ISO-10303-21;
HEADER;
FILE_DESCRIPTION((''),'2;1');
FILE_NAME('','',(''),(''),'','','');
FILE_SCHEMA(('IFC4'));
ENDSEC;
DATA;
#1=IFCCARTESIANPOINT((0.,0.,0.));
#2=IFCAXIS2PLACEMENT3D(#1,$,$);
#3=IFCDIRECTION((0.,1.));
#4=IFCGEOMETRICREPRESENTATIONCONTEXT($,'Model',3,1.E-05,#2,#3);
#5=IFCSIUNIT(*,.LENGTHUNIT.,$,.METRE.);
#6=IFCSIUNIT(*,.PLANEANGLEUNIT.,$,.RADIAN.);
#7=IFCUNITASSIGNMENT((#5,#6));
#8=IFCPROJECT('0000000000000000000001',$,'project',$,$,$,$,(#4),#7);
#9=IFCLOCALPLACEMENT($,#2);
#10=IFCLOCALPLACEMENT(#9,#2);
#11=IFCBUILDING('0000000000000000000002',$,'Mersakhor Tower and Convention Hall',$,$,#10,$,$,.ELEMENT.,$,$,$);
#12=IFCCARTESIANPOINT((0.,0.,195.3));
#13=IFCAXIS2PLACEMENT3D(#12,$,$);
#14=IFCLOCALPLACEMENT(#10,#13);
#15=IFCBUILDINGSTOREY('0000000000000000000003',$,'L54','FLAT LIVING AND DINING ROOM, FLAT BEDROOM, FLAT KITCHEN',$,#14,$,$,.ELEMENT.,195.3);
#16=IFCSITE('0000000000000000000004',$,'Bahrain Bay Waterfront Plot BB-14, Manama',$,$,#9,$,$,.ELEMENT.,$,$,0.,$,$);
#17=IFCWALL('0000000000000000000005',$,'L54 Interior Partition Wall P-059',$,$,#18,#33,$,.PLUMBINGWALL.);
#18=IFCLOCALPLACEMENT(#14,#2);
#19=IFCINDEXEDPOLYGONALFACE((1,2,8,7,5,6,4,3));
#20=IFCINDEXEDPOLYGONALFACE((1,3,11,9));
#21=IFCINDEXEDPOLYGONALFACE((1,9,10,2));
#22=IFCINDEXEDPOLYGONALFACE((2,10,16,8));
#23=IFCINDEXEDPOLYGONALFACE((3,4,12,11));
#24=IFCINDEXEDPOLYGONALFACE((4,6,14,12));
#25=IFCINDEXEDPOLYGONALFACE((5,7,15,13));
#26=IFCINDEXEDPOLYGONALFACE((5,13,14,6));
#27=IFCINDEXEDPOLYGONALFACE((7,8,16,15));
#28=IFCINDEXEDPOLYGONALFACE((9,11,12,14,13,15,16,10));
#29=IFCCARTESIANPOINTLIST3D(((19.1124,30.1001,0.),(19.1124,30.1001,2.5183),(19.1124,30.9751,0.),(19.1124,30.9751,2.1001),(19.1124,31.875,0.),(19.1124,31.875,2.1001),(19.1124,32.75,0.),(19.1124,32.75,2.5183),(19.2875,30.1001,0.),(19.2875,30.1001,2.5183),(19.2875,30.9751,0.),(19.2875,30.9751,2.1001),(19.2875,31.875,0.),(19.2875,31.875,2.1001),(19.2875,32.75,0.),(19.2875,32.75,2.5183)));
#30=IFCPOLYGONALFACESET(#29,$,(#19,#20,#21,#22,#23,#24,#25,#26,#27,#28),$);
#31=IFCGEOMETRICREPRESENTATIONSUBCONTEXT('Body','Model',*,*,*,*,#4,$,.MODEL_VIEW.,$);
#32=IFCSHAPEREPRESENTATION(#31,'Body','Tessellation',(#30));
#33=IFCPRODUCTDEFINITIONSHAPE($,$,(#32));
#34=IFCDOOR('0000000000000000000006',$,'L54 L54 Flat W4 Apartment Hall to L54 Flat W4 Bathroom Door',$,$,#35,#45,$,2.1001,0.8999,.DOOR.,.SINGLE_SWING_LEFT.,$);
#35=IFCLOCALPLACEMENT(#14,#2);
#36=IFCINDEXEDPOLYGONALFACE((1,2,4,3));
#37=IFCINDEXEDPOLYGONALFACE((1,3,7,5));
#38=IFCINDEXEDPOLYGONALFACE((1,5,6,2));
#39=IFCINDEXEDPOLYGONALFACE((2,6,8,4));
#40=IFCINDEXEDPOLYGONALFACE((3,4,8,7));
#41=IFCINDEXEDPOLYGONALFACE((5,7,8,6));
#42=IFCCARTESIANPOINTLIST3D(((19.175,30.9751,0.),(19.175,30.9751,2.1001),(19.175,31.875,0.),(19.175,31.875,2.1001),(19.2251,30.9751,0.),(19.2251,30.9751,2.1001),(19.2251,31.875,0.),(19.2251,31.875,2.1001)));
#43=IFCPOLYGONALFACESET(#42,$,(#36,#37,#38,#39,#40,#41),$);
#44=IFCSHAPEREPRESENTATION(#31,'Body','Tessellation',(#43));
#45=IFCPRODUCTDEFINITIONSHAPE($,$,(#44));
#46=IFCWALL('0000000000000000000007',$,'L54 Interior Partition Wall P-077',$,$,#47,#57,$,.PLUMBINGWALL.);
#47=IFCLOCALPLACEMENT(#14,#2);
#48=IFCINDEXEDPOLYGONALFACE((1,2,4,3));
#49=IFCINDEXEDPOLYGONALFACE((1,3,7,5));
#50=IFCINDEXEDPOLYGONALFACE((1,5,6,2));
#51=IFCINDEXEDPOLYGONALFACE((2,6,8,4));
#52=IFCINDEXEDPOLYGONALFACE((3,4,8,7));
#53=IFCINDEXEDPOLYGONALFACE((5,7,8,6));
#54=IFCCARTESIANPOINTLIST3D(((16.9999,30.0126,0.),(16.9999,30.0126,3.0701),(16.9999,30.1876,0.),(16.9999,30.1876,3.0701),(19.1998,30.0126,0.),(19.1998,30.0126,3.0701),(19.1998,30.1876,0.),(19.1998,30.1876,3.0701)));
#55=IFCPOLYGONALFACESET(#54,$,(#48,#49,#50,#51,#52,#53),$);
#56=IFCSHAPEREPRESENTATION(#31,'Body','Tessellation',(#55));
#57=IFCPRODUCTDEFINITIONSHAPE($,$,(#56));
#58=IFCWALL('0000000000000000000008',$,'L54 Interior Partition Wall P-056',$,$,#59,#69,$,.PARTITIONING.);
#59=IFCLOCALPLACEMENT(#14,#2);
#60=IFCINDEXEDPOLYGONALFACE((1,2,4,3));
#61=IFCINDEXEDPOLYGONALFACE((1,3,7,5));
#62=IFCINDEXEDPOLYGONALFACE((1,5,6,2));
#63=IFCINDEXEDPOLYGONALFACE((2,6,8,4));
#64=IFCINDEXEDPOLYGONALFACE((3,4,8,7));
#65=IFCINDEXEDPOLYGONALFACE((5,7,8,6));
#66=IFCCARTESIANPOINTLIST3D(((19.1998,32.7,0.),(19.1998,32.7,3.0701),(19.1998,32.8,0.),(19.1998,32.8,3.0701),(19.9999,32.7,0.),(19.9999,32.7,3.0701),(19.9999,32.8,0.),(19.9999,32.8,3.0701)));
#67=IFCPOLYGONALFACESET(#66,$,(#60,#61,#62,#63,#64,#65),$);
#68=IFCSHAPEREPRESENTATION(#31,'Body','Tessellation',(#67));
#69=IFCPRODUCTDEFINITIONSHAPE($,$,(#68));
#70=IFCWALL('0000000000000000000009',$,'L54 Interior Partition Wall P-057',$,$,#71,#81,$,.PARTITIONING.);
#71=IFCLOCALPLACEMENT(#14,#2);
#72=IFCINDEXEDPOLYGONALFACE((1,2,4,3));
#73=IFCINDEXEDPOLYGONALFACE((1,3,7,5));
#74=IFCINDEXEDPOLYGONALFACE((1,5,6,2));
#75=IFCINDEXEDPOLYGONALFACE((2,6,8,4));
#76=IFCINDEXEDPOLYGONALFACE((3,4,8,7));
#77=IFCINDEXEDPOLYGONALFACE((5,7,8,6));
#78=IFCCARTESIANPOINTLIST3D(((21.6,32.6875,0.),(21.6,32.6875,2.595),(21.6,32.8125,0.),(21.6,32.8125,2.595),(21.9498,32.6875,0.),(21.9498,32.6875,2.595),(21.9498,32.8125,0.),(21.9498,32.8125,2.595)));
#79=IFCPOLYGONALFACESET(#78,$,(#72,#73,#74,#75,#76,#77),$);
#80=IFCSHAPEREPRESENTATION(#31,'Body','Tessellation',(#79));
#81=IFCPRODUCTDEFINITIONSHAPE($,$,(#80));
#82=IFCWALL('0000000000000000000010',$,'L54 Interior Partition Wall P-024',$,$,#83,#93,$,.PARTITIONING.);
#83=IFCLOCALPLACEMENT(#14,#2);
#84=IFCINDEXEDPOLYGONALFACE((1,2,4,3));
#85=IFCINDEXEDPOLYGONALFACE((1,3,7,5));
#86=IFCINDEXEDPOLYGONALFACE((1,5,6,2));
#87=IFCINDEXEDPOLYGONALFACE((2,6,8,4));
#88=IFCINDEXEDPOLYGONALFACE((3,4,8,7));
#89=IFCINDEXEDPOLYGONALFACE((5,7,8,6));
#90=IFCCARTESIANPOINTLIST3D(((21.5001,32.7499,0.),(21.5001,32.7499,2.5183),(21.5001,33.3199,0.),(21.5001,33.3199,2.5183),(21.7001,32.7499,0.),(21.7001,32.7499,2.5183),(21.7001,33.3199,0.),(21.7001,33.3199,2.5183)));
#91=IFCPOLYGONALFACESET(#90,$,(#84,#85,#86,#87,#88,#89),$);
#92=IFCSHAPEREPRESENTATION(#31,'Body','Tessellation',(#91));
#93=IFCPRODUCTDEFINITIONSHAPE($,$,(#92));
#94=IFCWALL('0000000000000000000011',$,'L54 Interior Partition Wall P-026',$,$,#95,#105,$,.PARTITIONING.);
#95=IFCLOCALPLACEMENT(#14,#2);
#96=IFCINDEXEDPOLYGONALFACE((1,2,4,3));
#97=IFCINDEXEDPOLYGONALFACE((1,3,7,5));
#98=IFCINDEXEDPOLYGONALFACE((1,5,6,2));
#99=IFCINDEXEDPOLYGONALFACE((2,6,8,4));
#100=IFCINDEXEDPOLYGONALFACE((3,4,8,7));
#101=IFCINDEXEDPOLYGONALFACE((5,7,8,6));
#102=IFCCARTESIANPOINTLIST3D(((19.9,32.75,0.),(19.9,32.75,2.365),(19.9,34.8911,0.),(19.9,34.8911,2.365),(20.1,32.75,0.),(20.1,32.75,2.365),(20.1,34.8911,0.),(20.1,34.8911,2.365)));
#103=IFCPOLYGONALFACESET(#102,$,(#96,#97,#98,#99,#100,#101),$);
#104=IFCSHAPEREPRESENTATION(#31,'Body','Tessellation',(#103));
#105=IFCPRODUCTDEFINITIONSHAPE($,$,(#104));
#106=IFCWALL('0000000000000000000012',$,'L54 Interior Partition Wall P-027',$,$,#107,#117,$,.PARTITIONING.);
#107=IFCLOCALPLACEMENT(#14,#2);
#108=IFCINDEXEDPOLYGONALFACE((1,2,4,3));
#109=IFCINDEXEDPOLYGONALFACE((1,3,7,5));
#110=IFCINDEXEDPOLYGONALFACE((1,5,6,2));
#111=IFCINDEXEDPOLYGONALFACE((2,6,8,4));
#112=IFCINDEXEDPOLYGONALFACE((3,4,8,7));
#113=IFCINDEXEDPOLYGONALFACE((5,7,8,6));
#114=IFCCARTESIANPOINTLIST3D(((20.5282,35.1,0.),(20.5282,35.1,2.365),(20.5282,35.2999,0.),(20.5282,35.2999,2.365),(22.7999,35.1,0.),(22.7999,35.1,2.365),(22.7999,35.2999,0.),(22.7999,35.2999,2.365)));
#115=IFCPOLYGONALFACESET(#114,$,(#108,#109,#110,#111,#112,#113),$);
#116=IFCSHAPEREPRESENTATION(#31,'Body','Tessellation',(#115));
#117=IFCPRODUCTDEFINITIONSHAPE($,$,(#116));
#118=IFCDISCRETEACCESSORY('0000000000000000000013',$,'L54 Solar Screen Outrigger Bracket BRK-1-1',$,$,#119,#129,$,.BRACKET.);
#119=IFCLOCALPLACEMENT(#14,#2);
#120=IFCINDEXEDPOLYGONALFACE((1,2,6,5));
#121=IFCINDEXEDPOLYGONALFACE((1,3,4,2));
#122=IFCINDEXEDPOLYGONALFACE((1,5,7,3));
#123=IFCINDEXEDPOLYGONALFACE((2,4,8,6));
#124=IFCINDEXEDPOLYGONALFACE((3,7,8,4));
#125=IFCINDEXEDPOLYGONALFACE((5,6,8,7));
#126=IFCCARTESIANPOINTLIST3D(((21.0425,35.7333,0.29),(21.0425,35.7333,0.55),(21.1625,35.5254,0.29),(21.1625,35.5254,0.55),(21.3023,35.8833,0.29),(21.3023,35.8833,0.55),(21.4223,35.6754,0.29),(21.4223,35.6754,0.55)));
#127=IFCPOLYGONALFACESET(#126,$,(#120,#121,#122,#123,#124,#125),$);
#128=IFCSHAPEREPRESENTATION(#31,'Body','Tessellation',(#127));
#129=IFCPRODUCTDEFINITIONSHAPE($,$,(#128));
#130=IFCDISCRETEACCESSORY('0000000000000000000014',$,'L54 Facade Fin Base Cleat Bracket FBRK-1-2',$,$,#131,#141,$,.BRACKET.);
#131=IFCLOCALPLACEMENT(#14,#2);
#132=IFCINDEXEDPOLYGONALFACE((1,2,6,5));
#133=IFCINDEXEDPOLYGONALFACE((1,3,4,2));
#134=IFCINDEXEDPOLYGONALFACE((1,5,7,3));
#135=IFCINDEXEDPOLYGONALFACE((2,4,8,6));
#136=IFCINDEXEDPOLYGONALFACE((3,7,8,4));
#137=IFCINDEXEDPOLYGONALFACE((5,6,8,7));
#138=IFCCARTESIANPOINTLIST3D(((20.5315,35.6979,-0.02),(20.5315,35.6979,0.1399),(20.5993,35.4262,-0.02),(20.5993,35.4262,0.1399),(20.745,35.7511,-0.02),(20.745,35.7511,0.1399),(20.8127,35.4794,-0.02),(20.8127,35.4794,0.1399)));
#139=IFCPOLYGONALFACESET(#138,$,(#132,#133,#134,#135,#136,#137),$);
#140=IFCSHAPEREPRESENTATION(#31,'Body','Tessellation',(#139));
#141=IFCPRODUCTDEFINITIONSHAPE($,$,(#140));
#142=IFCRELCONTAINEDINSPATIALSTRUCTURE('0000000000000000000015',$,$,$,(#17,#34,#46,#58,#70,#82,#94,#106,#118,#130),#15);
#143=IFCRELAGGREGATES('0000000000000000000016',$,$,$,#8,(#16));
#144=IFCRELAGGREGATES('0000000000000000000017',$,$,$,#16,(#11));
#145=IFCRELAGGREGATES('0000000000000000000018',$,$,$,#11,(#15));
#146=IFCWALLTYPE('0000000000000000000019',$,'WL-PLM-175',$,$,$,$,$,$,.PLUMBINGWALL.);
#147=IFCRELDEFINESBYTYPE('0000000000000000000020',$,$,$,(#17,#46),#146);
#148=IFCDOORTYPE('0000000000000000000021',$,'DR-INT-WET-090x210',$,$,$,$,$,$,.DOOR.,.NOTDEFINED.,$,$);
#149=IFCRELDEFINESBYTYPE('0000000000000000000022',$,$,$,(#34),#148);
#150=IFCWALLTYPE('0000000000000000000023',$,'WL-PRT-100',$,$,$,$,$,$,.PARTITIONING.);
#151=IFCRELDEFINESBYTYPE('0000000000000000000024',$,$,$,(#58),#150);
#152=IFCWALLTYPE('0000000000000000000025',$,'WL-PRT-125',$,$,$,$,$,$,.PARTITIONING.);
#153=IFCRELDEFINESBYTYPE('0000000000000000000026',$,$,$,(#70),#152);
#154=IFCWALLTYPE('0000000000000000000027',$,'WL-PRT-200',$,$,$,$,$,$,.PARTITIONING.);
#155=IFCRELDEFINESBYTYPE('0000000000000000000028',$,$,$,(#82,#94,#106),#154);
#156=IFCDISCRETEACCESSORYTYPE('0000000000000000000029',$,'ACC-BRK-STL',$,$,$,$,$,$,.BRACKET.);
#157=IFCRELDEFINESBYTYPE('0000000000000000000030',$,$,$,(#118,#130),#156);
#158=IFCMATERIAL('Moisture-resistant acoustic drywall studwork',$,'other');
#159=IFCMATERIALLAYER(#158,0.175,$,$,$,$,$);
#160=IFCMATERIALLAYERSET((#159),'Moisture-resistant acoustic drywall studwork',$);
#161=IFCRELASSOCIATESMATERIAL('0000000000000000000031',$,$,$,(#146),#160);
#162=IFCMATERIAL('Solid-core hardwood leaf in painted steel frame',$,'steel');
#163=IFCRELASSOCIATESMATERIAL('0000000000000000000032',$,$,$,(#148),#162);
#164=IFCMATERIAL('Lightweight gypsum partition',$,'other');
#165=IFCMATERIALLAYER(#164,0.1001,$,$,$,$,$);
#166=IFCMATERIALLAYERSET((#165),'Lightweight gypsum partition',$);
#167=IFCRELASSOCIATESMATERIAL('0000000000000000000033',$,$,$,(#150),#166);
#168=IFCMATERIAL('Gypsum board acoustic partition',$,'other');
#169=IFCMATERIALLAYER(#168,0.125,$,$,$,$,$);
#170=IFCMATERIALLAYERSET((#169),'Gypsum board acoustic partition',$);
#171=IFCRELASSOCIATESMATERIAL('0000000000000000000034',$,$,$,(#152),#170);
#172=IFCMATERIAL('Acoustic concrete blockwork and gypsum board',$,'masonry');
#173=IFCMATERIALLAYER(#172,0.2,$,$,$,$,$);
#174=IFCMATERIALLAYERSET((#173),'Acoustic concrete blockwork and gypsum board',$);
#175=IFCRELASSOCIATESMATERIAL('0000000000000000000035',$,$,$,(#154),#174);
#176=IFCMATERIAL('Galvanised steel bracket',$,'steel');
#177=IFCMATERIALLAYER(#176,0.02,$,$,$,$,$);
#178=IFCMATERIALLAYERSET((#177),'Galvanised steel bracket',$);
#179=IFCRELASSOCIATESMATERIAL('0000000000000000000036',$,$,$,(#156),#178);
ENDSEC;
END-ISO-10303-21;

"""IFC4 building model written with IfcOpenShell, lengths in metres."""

from ifc_helpers import new_model, si_unit, direction, frame, frame_2d, origin, origin_2d, place, context, subcontext, project, spatial, rectangle, extrude, material, layer, layer_set, type_object, element, fill, save


model = new_model("IFC4")

# Units and contexts
model_context = context("Model", 3, precision=1e-05, world=origin(), true_north=direction((0.0, 1.0)))
body_context = subcontext(model_context, "Body", "Model", "MODEL_VIEW")
ifc_project = project(units=[si_unit("LENGTHUNIT", "METRE"), si_unit("PLANEANGLEUNIT", "RADIAN")], contexts=[model_context])

# Site, building, storey
site_placement = place(None, origin())
site = spatial("IfcSite", under=ifc_project, at=site_placement, Name="Bahrain Bay Waterfront Plot BB-14, Manama", CompositionType="ELEMENT", RefElevation=0.0)
building_placement = place(site_placement, origin())
building = spatial("IfcBuilding", under=site, at=building_placement, Name="Mersakhor Tower and Convention Hall", CompositionType="ELEMENT")
storey_placement = place(building_placement, frame((0.0, 0.0, 195.3)))
storey = spatial("IfcBuildingStorey", under=building, at=storey_placement, Name="L54", Description="FLAT LIVING AND DINING ROOM, FLAT BEDROOM, FLAT KITCHEN", CompositionType="ELEMENT", Elevation=195.3)

# Wall, opening, door
ifc_material_1 = material(Name="Moisture-resistant acoustic drywall studwork", Category="other")
ifc_layer_1 = layer(ifc_material_1, 0.175)
ifc_layer_set_1 = layer_set([ifc_layer_1], Name="Moisture-resistant acoustic drywall studwork")
wall_type_1 = type_object("IfcWallType", Name="WL-PLM-175", PredefinedType="PLUMBINGWALL", material=ifc_layer_set_1)
wall_1_placement = place(storey_placement, frame((19.2, 30.1001, 0.0), z_axis=(0.0, 0.0, 1.0), x_axis=(0.0, 1.0, 0.0)))
wall_1 = element("IfcWall", 1, at=wall_1_placement, inside=storey, type_object=wall_type_1, Name="L54 Interior Partition Wall P-059", PredefinedType="PLUMBINGWALL", context=body_context, shape_type="SweptSolid", body=[
    extrude(rectangle(XDim=2.6499, YDim=0.175, at=frame_2d((1.325, 0.0))), origin(), (0.0, 0.0, 1.0), 2.5183),
])
opening_1_placement = place(wall_1_placement, frame((0.875, 0.0, 0.0)))
opening_1 = element("IfcOpeningElement", 2, at=opening_1_placement, cuts=wall_1, PredefinedType="OPENING", context=body_context, shape_type="SweptSolid", body=[
    extrude(rectangle(XDim=0.8999, YDim=2.1001, at=frame_2d((0.45, 1.05))), frame((0.0, 0.0974, 0.0), z_axis=(0.0, -1.0, 0.0), x_axis=(1.0, 0.0, 0.0)), (0.0, 0.0, 1.0), 0.1951),
])
ifc_material_2 = material(Name="Solid-core hardwood leaf in painted steel frame", Category="steel")
door_type_1 = type_object("IfcDoorType", Name="DR-INT-WET-090x210", OperationType="NOTDEFINED", PredefinedType="DOOR", material=ifc_material_2)
door_1_placement = place(opening_1_placement, origin())
door_1 = element("IfcDoor", 3, at=door_1_placement, inside=storey, type_object=door_type_1, Name="L54 L54 Flat W4 Apartment Hall to L54 Flat W4 Bathroom Door", OperationType="SINGLE_SWING_LEFT", OverallHeight=2.1001, OverallWidth=0.8999, PredefinedType="DOOR", context=body_context, shape_type="SweptSolid", body=[
    extrude(rectangle(XDim=0.8999, YDim=2.1001, at=frame_2d((0.45, 1.05))), frame((0.0, 0.0249, 0.0), z_axis=(0.0, -1.0, 0.0), x_axis=(1.0, 0.0, 0.0)), (0.0, 0.0, 1.0), 0.05),
])
fill(opening_1, door_1)

# Walls
wall_2_placement = place(storey_placement, frame((19.2, 30.1001, 0.0), z_axis=(0.0, 0.0, 1.0), x_axis=(-1.0, 0.0, 0.0)))
element("IfcWall", 4, at=wall_2_placement, inside=storey, type_object=wall_type_1, Name="L54 Interior Partition Wall P-077", PredefinedType="PLUMBINGWALL", context=body_context, shape_type="SweptSolid", body=[
    extrude(rectangle(XDim=2.2, YDim=0.175, at=frame_2d((1.1001, 0.0))), origin(), (0.0, 0.0, 1.0), 3.0701),
])
ifc_material_3 = material(Name="Lightweight gypsum partition", Category="other")
ifc_layer_2 = layer(ifc_material_3, 0.1001)
ifc_layer_set_2 = layer_set([ifc_layer_2], Name="Lightweight gypsum partition")
wall_type_2 = type_object("IfcWallType", Name="WL-PRT-100", PredefinedType="PARTITIONING", material=ifc_layer_set_2)
wall_3_placement = place(storey_placement, frame((19.2, 32.75, 0.0), z_axis=(0.0, 0.0, 1.0), x_axis=(1.0, 0.0, 0.0)))
element("IfcWall", 5, at=wall_3_placement, inside=storey, type_object=wall_type_2, Name="L54 Interior Partition Wall P-056", PredefinedType="PARTITIONING", context=body_context, shape_type="SweptSolid", body=[
    extrude(rectangle(XDim=0.8, YDim=0.1001, at=frame_2d((0.3999, 0.0))), origin(), (0.0, 0.0, 1.0), 3.0701),
])
ifc_material_4 = material(Name="Gypsum board acoustic partition", Category="other")
ifc_layer_3 = layer(ifc_material_4, 0.125)
ifc_layer_set_3 = layer_set([ifc_layer_3], Name="Gypsum board acoustic partition")
wall_type_3 = type_object("IfcWallType", Name="WL-PRT-125", PredefinedType="PARTITIONING", material=ifc_layer_set_3)
wall_4_placement = place(storey_placement, frame((21.6001, 32.75, 0.0), z_axis=(0.0, 0.0, 1.0), x_axis=(1.0, 0.0, 0.0)))
element("IfcWall", 6, at=wall_4_placement, inside=storey, type_object=wall_type_3, Name="L54 Interior Partition Wall P-057", PredefinedType="PARTITIONING", context=body_context, shape_type="SweptSolid", body=[
    extrude(rectangle(XDim=0.3499, YDim=0.125, at=frame_2d((0.1748, 0.0))), origin(), (0.0, 0.0, 1.0), 2.595),
])
ifc_material_5 = material(Name="Acoustic concrete blockwork and gypsum board", Category="masonry")
ifc_layer_4 = layer(ifc_material_5, 0.2)
ifc_layer_set_4 = layer_set([ifc_layer_4], Name="Acoustic concrete blockwork and gypsum board")
wall_type_4 = type_object("IfcWallType", Name="WL-PRT-200", PredefinedType="PARTITIONING", material=ifc_layer_set_4)
wall_5_placement = place(storey_placement, frame((21.6001, 33.3201, 0.0), z_axis=(0.0, 0.0, 1.0), x_axis=(0.0, -1.0, 0.0)))
element("IfcWall", 7, at=wall_5_placement, inside=storey, type_object=wall_type_4, Name="L54 Interior Partition Wall P-024", PredefinedType="PARTITIONING", context=body_context, shape_type="SweptSolid", body=[
    extrude(rectangle(XDim=0.5701, YDim=0.2, at=frame_2d((0.2852, 0.0))), origin(), (0.0, 0.0, 1.0), 2.5183),
])

# Walls
wall_6_placement = place(storey_placement, frame((20.0, 32.75, 0.0), z_axis=(0.0, 0.0, 1.0), x_axis=(0.0, 1.0, 0.0)))
element("IfcWall", 8, at=wall_6_placement, inside=storey, type_object=wall_type_4, Name="L54 Interior Partition Wall P-026", PredefinedType="PARTITIONING", context=body_context, shape_type="SweptSolid", body=[
    extrude(rectangle(XDim=2.1411, YDim=0.2, at=frame_2d((1.0706, 0.0))), origin(), (0.0, 0.0, 1.0), 2.365),
])
wall_7_placement = place(storey_placement, frame((20.5283, 35.2, 0.0), z_axis=(0.0, 0.0, 1.0), x_axis=(1.0, 0.0, 0.0)))
element("IfcWall", 9, at=wall_7_placement, inside=storey, type_object=wall_type_4, Name="L54 Interior Partition Wall P-027", PredefinedType="PARTITIONING", context=body_context, shape_type="SweptSolid", body=[
    extrude(rectangle(XDim=2.2717, YDim=0.2, at=frame_2d((1.1357, 0.0))), origin(), (0.0, 0.0, 1.0), 2.365),
])

# Discrete accessories
ifc_material_6 = material(Name="Galvanised steel bracket", Category="steel")
ifc_layer_5 = layer(ifc_material_6, 0.02)
ifc_layer_set_5 = layer_set([ifc_layer_5], Name="Galvanised steel bracket")
discrete_accessory_type = type_object("IfcDiscreteAccessoryType", Name="ACC-BRK-STL", PredefinedType="BRACKET", material=ifc_layer_set_5)
discrete_accessory_1_placement = place(storey_placement, frame((21.2324, 35.7043, 0.29), z_axis=(0.0, 0.0, 1.0), x_axis=(0.866025, 0.5, 0.0)))
element("IfcDiscreteAccessory", 10, at=discrete_accessory_1_placement, inside=storey, type_object=discrete_accessory_type, Name="L54 Solar Screen Outrigger Bracket BRK-1-1", PredefinedType="BRACKET", context=body_context, shape_type="SweptSolid", body=[
    extrude(rectangle(XDim=0.3, YDim=0.24, at=origin_2d()), origin(), (0.0, 0.0, 1.0), 0.26),
])
discrete_accessory_2_placement = place(storey_placement, frame((20.6721, 35.5886, -0.02), z_axis=(0.0, 0.0, 1.0), x_axis=(-0.241922, 0.970296, 0.0)))
element("IfcDiscreteAccessory", 11, at=discrete_accessory_2_placement, inside=storey, type_object=discrete_accessory_type, Name="L54 Facade Fin Base Cleat Bracket FBRK-1-2", PredefinedType="BRACKET", context=body_context, shape_type="SweptSolid", body=[
    extrude(rectangle(XDim=0.28, YDim=0.22, at=origin_2d()), origin(), (0.0, 0.0, 1.0), 0.1599),
])

save(model, "model.ifc")
